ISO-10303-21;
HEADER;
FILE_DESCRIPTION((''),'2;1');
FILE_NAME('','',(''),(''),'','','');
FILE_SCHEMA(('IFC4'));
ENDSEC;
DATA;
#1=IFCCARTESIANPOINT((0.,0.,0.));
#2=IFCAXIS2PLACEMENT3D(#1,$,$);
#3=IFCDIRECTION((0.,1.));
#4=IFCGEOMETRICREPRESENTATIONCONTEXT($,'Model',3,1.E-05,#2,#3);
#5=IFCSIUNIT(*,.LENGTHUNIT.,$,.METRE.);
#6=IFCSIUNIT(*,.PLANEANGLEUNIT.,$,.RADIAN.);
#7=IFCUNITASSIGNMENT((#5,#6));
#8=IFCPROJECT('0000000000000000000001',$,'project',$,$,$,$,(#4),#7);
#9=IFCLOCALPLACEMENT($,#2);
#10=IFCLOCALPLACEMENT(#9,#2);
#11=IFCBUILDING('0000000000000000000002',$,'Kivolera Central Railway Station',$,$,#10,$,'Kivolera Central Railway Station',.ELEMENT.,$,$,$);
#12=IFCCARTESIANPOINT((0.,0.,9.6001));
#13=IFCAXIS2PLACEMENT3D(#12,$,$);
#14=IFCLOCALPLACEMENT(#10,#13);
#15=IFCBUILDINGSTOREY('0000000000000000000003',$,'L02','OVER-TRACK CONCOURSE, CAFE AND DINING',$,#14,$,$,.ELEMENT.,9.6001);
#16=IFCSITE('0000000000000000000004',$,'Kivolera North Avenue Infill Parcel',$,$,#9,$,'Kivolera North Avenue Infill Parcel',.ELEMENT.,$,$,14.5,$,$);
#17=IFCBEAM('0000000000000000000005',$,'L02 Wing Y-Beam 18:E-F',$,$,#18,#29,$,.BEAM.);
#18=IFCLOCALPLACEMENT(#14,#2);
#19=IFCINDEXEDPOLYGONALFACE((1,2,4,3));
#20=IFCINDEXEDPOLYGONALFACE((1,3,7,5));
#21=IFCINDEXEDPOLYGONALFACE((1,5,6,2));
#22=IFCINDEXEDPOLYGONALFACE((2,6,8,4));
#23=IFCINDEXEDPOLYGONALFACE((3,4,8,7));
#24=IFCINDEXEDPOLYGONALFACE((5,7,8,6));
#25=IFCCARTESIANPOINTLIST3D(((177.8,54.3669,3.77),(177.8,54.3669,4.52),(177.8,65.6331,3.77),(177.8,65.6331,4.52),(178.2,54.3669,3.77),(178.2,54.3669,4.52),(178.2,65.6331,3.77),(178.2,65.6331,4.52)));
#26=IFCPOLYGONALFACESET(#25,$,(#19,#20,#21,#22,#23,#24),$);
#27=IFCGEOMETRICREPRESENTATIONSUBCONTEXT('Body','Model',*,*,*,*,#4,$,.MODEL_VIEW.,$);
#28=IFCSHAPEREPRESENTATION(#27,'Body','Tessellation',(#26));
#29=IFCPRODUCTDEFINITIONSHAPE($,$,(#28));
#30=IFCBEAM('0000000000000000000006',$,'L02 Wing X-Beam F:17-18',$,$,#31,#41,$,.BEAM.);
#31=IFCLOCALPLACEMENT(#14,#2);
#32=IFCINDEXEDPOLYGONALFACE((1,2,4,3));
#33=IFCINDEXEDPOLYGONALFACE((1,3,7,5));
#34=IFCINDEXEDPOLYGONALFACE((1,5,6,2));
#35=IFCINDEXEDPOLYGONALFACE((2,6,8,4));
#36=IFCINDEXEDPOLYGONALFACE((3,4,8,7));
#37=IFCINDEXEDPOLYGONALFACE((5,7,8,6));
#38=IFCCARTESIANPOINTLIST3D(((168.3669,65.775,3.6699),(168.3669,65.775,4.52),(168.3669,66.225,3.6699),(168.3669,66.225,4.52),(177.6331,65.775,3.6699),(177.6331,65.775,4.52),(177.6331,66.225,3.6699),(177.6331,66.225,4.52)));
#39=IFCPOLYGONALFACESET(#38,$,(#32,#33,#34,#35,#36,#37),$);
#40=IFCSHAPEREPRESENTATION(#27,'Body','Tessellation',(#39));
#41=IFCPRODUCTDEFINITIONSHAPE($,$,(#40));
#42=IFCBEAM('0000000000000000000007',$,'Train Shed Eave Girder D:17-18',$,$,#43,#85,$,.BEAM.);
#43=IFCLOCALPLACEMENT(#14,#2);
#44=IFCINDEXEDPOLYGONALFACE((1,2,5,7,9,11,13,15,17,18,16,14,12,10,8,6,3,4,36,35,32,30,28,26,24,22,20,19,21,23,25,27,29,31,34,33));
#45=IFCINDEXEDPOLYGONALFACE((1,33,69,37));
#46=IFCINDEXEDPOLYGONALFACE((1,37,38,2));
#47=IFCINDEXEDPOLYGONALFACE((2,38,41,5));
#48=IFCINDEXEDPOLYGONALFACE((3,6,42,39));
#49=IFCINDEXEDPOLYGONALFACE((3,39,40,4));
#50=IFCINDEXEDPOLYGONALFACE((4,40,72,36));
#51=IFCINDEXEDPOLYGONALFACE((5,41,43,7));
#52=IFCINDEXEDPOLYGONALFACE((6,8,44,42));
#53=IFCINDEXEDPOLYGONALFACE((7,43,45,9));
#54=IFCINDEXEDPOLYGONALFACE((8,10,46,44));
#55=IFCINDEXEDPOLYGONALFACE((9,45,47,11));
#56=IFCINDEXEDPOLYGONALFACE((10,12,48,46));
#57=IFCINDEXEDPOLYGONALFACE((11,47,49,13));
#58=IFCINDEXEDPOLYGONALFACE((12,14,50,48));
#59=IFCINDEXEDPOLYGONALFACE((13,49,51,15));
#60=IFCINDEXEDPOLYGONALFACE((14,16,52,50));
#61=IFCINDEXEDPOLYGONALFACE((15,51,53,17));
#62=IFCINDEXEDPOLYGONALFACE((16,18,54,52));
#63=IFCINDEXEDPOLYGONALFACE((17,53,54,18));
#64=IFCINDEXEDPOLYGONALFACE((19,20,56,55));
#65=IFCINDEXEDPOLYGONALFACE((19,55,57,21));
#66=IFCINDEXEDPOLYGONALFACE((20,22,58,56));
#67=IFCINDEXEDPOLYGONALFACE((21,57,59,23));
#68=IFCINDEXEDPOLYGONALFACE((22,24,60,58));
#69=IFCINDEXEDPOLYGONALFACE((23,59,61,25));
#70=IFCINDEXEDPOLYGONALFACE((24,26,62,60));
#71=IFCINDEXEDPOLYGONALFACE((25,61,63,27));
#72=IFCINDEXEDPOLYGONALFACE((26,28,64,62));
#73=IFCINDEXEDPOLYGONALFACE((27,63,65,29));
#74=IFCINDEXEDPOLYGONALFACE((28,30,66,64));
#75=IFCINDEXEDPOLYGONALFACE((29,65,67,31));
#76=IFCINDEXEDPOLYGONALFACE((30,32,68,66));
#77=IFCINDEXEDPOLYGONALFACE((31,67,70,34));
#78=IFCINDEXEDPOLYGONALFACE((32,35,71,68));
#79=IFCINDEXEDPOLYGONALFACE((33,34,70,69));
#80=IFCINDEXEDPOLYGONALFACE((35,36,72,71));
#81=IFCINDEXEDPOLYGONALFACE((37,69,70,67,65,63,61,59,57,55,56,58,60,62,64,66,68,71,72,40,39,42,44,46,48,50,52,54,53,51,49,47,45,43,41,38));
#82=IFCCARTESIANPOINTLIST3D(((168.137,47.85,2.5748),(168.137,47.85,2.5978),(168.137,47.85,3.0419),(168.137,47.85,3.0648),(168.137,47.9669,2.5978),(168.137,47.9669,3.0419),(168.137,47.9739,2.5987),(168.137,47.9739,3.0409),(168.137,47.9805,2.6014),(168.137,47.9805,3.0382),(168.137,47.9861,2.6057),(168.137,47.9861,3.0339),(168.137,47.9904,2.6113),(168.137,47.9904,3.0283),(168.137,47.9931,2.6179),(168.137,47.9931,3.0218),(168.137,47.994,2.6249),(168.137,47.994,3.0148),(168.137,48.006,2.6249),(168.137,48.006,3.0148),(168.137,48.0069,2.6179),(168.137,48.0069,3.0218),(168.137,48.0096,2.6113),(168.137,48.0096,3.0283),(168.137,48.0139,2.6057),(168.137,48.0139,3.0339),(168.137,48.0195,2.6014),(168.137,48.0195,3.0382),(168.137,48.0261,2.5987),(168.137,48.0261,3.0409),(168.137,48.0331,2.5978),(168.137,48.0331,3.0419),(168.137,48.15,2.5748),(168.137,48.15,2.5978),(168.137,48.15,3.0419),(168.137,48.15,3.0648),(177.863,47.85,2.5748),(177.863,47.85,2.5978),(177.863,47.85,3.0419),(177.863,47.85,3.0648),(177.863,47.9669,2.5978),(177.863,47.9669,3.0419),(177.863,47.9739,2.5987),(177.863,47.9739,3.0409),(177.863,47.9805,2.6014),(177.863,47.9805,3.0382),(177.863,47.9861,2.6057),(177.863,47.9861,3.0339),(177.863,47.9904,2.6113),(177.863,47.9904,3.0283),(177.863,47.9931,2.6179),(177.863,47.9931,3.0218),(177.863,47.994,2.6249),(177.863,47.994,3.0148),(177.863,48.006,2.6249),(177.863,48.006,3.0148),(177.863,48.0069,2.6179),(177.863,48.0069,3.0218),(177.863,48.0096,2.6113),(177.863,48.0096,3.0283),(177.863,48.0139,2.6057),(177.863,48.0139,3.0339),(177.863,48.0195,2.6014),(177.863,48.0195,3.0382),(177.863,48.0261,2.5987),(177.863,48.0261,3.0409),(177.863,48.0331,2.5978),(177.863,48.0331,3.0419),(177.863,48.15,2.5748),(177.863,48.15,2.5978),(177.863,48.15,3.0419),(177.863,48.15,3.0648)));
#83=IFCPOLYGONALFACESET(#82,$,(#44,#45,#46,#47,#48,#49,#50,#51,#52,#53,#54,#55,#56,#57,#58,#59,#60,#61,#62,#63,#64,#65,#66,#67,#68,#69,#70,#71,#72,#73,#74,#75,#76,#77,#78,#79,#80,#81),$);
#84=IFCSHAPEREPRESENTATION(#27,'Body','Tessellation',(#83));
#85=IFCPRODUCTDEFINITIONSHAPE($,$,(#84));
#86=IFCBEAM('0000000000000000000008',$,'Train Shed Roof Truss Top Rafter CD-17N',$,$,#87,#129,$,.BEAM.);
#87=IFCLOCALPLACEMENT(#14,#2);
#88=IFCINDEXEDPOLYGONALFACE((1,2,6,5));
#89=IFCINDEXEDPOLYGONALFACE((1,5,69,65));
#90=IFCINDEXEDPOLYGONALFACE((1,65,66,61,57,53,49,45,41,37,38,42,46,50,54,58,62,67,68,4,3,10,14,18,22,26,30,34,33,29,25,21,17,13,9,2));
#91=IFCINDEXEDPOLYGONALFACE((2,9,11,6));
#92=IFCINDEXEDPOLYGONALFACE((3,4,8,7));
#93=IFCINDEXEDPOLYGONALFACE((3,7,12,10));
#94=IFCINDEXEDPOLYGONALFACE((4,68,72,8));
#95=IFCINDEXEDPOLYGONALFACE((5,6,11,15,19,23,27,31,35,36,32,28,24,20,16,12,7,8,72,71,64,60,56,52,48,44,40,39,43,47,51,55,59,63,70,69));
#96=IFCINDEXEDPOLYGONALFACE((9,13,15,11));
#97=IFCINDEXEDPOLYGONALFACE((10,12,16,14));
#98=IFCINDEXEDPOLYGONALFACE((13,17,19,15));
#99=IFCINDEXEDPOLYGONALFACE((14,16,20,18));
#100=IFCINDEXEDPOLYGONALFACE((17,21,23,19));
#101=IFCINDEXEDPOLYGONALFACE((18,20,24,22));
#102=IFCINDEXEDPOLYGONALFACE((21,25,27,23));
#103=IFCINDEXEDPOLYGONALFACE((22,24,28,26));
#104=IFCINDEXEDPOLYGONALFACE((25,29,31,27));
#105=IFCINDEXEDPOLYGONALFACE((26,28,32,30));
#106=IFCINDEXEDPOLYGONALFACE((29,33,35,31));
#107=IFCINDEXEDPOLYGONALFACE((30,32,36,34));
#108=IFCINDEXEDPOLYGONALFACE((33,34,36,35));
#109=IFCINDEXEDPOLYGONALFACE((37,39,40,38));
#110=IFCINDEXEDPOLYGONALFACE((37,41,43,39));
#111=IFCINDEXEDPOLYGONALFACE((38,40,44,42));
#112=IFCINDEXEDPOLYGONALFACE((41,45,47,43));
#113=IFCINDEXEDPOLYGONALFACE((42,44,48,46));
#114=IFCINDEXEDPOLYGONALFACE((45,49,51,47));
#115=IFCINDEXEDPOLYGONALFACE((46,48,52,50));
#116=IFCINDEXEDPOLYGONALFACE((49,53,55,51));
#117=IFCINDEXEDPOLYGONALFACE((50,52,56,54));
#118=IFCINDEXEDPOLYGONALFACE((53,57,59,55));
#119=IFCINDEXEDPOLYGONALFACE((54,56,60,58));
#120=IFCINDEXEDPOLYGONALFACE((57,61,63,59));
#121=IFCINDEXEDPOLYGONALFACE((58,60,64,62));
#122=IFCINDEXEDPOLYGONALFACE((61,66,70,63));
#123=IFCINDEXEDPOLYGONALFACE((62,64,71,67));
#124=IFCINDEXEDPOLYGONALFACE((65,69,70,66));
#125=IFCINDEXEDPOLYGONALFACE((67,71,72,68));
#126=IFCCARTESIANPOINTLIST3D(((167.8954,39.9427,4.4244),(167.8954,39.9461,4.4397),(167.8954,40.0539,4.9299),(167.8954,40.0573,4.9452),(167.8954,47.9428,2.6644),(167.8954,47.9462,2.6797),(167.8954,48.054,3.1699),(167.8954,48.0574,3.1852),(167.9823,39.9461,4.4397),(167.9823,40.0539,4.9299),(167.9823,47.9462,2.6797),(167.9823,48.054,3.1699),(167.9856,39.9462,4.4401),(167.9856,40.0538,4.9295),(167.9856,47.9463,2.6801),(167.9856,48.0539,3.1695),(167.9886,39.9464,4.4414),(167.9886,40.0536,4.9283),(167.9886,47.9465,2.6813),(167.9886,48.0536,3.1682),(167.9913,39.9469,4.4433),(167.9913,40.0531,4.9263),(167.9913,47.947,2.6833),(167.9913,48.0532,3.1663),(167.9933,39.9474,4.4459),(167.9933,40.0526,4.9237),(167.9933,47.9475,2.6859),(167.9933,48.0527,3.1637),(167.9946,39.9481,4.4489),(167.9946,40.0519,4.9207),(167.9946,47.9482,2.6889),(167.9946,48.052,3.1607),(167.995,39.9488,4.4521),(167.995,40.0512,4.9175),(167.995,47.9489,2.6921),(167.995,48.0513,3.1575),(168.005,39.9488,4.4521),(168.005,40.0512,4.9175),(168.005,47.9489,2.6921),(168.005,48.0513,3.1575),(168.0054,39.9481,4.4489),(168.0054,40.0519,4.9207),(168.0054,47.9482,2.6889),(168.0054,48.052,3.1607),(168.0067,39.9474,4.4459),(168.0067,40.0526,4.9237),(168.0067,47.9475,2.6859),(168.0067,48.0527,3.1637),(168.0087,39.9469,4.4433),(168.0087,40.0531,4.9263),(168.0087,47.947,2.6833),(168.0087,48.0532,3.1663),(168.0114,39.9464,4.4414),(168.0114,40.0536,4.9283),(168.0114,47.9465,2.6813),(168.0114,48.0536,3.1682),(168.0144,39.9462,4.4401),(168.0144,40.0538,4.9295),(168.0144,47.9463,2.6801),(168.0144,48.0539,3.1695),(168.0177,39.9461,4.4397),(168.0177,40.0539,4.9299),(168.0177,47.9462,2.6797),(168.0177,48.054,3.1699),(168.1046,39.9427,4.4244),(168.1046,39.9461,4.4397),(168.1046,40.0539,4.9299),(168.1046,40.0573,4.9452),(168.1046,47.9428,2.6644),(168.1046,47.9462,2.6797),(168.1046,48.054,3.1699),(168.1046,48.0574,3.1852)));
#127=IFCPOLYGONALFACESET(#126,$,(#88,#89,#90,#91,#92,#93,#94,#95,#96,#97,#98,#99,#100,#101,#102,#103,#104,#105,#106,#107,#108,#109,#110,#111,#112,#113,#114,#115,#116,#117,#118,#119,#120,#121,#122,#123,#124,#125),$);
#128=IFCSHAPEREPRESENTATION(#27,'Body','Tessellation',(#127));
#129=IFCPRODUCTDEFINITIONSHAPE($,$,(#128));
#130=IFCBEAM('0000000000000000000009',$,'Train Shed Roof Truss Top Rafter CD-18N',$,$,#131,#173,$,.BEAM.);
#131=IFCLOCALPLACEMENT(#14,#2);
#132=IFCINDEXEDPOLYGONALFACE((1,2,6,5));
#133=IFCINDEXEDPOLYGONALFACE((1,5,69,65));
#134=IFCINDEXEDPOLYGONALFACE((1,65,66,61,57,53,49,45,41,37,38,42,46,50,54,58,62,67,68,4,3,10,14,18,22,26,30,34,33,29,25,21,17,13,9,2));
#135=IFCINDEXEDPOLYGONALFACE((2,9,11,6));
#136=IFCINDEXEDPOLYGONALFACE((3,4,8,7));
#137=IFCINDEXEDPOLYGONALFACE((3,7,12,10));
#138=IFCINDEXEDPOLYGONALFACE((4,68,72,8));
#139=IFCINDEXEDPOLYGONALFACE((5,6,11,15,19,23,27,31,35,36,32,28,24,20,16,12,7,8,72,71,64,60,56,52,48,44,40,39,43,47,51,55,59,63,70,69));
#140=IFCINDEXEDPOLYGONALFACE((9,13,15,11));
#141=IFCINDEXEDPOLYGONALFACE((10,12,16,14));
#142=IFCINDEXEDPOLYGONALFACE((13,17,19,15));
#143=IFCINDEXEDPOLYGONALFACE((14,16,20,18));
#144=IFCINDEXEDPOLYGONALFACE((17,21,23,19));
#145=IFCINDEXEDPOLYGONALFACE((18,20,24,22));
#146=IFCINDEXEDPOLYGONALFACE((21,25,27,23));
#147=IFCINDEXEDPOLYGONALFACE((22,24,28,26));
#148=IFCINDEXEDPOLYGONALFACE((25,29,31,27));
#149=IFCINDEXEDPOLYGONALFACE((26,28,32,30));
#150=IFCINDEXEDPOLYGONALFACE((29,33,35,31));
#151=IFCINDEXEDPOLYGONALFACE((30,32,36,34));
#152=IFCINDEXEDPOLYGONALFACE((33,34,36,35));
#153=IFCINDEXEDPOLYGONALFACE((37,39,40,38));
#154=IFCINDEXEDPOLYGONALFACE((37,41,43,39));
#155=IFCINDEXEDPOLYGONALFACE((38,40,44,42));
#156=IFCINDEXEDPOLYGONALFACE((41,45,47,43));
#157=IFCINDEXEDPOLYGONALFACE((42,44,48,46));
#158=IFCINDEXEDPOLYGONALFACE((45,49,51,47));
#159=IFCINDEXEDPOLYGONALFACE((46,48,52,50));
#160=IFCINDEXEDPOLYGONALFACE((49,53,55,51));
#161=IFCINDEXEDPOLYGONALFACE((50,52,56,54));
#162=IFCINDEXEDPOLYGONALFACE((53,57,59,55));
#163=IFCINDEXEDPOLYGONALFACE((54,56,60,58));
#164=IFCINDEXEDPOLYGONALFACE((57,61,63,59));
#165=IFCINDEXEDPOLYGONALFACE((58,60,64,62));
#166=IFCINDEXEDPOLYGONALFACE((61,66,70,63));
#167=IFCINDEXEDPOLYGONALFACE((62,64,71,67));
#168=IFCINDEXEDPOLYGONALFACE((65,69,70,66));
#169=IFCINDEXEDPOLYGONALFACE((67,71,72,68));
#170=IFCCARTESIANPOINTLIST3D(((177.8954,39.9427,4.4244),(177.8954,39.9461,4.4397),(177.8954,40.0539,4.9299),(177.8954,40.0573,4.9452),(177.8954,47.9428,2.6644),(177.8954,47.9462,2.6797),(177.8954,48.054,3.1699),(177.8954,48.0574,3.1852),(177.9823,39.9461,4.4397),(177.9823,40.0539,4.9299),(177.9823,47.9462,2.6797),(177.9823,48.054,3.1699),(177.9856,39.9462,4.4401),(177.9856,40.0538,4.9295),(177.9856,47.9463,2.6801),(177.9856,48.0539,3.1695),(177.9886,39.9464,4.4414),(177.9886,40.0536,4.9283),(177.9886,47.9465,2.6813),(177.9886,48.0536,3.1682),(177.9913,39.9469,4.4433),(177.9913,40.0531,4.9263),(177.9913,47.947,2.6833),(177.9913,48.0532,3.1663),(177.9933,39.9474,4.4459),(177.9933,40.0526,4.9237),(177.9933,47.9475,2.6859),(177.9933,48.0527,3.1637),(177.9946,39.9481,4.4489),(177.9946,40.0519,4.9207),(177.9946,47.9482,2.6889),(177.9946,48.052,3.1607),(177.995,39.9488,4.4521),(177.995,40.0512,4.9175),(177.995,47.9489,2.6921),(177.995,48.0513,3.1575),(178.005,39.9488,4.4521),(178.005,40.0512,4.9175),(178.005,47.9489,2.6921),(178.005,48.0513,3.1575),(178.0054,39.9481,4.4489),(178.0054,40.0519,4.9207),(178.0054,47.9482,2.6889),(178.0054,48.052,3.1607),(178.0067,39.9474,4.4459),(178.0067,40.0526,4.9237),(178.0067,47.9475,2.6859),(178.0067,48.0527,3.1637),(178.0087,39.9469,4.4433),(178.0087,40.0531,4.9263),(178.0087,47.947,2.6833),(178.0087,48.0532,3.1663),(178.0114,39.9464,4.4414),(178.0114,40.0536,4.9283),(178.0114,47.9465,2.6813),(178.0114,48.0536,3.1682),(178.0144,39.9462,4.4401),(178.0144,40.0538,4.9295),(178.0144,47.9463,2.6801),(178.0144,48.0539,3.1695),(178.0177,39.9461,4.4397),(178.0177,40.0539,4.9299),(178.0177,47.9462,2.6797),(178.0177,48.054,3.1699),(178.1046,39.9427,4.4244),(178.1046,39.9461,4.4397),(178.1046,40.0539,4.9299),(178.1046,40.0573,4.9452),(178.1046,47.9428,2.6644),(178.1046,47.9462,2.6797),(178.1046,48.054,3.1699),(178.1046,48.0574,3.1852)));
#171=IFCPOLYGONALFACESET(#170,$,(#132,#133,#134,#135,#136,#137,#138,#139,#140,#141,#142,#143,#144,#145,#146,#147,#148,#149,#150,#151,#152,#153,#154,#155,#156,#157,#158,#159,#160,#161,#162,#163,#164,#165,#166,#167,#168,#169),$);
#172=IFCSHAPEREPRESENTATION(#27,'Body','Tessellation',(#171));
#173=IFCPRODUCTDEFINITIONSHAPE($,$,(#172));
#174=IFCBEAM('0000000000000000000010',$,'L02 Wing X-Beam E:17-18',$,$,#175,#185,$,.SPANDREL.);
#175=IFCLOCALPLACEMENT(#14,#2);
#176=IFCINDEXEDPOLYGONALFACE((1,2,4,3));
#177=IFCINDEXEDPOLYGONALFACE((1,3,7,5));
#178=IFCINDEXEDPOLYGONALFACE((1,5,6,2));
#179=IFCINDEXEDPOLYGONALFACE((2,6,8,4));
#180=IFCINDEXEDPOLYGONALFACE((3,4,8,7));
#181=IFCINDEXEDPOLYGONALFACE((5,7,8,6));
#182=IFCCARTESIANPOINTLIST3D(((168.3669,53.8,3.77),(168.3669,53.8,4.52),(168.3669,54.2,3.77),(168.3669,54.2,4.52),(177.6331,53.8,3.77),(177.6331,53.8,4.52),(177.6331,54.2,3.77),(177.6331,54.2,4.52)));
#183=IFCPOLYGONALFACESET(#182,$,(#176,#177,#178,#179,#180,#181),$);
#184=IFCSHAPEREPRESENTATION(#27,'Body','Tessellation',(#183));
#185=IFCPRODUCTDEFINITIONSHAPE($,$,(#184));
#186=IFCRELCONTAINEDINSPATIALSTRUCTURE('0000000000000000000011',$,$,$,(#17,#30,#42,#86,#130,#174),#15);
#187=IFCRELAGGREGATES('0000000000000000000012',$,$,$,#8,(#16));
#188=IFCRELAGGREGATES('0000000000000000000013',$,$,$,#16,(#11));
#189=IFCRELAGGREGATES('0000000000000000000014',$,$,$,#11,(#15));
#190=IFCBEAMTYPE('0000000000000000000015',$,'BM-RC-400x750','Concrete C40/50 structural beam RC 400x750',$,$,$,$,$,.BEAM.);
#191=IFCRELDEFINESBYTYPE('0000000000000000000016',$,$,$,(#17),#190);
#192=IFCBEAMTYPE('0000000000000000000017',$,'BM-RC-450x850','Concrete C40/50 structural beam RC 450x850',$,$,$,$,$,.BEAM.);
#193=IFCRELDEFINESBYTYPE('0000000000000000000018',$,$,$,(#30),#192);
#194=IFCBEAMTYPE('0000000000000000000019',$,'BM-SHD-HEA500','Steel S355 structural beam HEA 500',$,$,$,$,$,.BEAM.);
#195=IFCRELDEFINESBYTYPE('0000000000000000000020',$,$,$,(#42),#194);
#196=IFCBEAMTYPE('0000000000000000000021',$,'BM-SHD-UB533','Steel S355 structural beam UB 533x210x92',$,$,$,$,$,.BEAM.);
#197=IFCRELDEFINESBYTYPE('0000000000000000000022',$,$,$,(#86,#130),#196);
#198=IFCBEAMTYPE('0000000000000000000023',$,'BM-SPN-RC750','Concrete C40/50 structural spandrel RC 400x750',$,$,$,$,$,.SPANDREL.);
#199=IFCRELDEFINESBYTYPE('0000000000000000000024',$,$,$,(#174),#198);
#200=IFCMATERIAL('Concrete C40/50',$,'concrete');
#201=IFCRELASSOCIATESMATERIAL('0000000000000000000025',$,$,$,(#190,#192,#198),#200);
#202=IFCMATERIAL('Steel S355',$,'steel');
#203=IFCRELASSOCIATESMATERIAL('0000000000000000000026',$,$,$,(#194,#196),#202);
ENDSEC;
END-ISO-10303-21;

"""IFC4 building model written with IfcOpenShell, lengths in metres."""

from ifc_helpers import new_model, si_unit, direction, frame, origin, origin_2d, place, context, subcontext, project, spatial, rectangle, i_section, extrude, material, material_profile, profile_set, type_object, element, save


model = new_model("IFC4")

# Units and contexts
model_context = context("Model", 3, precision=1e-05, world=origin(), true_north=direction((0.0, 1.0)))
body_context = subcontext(model_context, "Body", "Model", "MODEL_VIEW")
ifc_project = project(units=[si_unit("LENGTHUNIT", "METRE"), si_unit("PLANEANGLEUNIT", "RADIAN")], contexts=[model_context])

# Site, building, storey
site_placement = place(None, origin())
site = spatial("IfcSite", under=ifc_project, at=site_placement, Name="Kivolera North Avenue Infill Parcel", LongName="Kivolera North Avenue Infill Parcel", CompositionType="ELEMENT", RefElevation=14.5)
building_placement = place(site_placement, origin())
building = spatial("IfcBuilding", under=site, at=building_placement, Name="Kivolera Central Railway Station", LongName="Kivolera Central Railway Station", CompositionType="ELEMENT")
storey_placement = place(building_placement, frame((0.0, 0.0, 9.6001)))
storey = spatial("IfcBuildingStorey", under=building, at=storey_placement, Name="L02", Description="OVER-TRACK CONCOURSE, CAFE AND DINING", CompositionType="ELEMENT", Elevation=9.6001)

# Shared definitions
ifc_material_1 = material(Name="Concrete C40/50", Category="concrete")
ifc_material_2 = material(Name="Steel S355", Category="steel")

# Beams
ifc_material_profile_1 = material_profile(ifc_material_1, rectangle(XDim=0.3999, YDim=0.75, at=origin_2d()), Name="RC 400x750")
ifc_profile_set_1 = profile_set([ifc_material_profile_1], Name="Concrete C40/50")
beam_type_1 = type_object("IfcBeamType", Name="BM-RC-400x750", Description="Concrete C40/50 structural beam RC 400x750", PredefinedType="BEAM", material=ifc_profile_set_1)
for number, where, z_axis, x_axis, name in (
    (1, (178.0, 54.3669, 4.145), (0.0, 1.0, 0.0), (-1.0, 0.0, 0.0), "L02 Wing Y-Beam 18:E-F"),
):
    element("IfcBeam", number, at=place(storey_placement, frame(where, z_axis=z_axis, x_axis=x_axis)), inside=storey, type_object=beam_type_1, Name=name, PredefinedType="BEAM", context=body_context, shape_type="SweptSolid", body=[
        extrude(rectangle(XDim=0.3999, YDim=0.75, at=origin_2d()), origin(), (0.0, 0.0, 1.0), 11.2661),
    ])
ifc_material_profile_2 = material_profile(ifc_material_1, rectangle(XDim=0.45, YDim=0.8501, at=origin_2d()), Name="RC 450x850")
ifc_profile_set_2 = profile_set([ifc_material_profile_2], Name="Concrete C40/50")
beam_type_2 = type_object("IfcBeamType", Name="BM-RC-450x850", Description="Concrete C40/50 structural beam RC 450x850", PredefinedType="BEAM", material=ifc_profile_set_2)
beam_1_placement = place(storey_placement, frame((168.3669, 66.0, 4.095), z_axis=(1.0, 0.0, 0.0), x_axis=(0.0, 1.0, 0.0)))
element("IfcBeam", 2, at=beam_1_placement, inside=storey, type_object=beam_type_2, Name="L02 Wing X-Beam F:17-18", PredefinedType="BEAM", context=body_context, shape_type="SweptSolid", body=[
    extrude(rectangle(XDim=0.45, YDim=0.8501, at=origin_2d()), origin(), (0.0, 0.0, 1.0), 9.2661),
])
ifc_material_profile_3 = material_profile(ifc_material_2, i_section(OverallWidth=0.3, OverallDepth=0.49, WebThickness=0.012, FlangeThickness=0.0229, FilletRadius=0.0271, at=origin_2d()), Name="HEA 500")
ifc_profile_set_3 = profile_set([ifc_material_profile_3], Name="Steel S355")
beam_type_3 = type_object("IfcBeamType", Name="BM-SHD-HEA500", Description="Steel S355 structural beam HEA 500", PredefinedType="BEAM", material=ifc_profile_set_3)
beam_2_placement = place(storey_placement, frame((168.137, 48.0, 2.8198), z_axis=(1.0, 0.0, 0.0), x_axis=(0.0, 1.0, 0.0)))
element("IfcBeam", 3, at=beam_2_placement, inside=storey, type_object=beam_type_3, Name="Train Shed Eave Girder D:17-18", PredefinedType="BEAM", context=body_context, shape_type="SweptSolid", body=[
    extrude(i_section(OverallWidth=0.3, OverallDepth=0.49, WebThickness=0.012, FlangeThickness=0.0229, FilletRadius=0.0271, at=origin_2d()), origin(), (0.0, 0.0, 1.0), 9.7261),
])
ifc_material_profile_4 = material_profile(ifc_material_2, i_section(OverallWidth=0.2092, OverallDepth=0.5332, WebThickness=0.01, FlangeThickness=0.0156, FilletRadius=0.0127, at=origin_2d()), Name="UB 533x210x92")
ifc_profile_set_4 = profile_set([ifc_material_profile_4], Name="Steel S355")
beam_type_4 = type_object("IfcBeamType", Name="BM-SHD-UB533", Description="Steel S355 structural beam UB 533x210x92", PredefinedType="BEAM", material=ifc_profile_set_4)
for number, where, z_axis, x_axis, name in (
    (4, (168.0, 40.0, 4.6848), (0.0, 0.976644, -0.214863), (-1.0, 0.0, 0.0), "Train Shed Roof Truss Top Rafter CD-17N"),
    (5, (178.0, 40.0, 4.6848), (0.0, 0.976644, -0.214863), (-1.0, 0.0, 0.0), "Train Shed Roof Truss Top Rafter CD-18N"),
):
    element("IfcBeam", number, at=place(storey_placement, frame(where, z_axis=z_axis, x_axis=x_axis)), inside=storey, type_object=beam_type_4, Name=name, PredefinedType="BEAM", context=body_context, shape_type="SweptSolid", body=[
        extrude(i_section(OverallWidth=0.2092, OverallDepth=0.5332, WebThickness=0.01, FlangeThickness=0.0156, FilletRadius=0.0127, at=origin_2d()), origin(), (0.0, 0.0, 1.0), 8.1914),
    ])
ifc_material_profile_5 = material_profile(ifc_material_1, rectangle(XDim=0.3999, YDim=0.75, at=origin_2d()), Name="RC 400x750")
ifc_profile_set_5 = profile_set([ifc_material_profile_5], Name="Concrete C40/50")
beam_type_5 = type_object("IfcBeamType", Name="BM-SPN-RC750", Description="Concrete C40/50 structural spandrel RC 400x750", PredefinedType="SPANDREL", material=ifc_profile_set_5)
beam_3_placement = place(storey_placement, frame((168.3669, 54.0, 4.145), z_axis=(1.0, 0.0, 0.0), x_axis=(0.0, 1.0, 0.0)))
element("IfcBeam", 6, at=beam_3_placement, inside=storey, type_object=beam_type_5, Name="L02 Wing X-Beam E:17-18", PredefinedType="SPANDREL", context=body_context, shape_type="SweptSolid", body=[
    extrude(rectangle(XDim=0.3999, YDim=0.75, at=origin_2d()), origin(), (0.0, 0.0, 1.0), 9.2661),
])

save(model, "model.ifc")
